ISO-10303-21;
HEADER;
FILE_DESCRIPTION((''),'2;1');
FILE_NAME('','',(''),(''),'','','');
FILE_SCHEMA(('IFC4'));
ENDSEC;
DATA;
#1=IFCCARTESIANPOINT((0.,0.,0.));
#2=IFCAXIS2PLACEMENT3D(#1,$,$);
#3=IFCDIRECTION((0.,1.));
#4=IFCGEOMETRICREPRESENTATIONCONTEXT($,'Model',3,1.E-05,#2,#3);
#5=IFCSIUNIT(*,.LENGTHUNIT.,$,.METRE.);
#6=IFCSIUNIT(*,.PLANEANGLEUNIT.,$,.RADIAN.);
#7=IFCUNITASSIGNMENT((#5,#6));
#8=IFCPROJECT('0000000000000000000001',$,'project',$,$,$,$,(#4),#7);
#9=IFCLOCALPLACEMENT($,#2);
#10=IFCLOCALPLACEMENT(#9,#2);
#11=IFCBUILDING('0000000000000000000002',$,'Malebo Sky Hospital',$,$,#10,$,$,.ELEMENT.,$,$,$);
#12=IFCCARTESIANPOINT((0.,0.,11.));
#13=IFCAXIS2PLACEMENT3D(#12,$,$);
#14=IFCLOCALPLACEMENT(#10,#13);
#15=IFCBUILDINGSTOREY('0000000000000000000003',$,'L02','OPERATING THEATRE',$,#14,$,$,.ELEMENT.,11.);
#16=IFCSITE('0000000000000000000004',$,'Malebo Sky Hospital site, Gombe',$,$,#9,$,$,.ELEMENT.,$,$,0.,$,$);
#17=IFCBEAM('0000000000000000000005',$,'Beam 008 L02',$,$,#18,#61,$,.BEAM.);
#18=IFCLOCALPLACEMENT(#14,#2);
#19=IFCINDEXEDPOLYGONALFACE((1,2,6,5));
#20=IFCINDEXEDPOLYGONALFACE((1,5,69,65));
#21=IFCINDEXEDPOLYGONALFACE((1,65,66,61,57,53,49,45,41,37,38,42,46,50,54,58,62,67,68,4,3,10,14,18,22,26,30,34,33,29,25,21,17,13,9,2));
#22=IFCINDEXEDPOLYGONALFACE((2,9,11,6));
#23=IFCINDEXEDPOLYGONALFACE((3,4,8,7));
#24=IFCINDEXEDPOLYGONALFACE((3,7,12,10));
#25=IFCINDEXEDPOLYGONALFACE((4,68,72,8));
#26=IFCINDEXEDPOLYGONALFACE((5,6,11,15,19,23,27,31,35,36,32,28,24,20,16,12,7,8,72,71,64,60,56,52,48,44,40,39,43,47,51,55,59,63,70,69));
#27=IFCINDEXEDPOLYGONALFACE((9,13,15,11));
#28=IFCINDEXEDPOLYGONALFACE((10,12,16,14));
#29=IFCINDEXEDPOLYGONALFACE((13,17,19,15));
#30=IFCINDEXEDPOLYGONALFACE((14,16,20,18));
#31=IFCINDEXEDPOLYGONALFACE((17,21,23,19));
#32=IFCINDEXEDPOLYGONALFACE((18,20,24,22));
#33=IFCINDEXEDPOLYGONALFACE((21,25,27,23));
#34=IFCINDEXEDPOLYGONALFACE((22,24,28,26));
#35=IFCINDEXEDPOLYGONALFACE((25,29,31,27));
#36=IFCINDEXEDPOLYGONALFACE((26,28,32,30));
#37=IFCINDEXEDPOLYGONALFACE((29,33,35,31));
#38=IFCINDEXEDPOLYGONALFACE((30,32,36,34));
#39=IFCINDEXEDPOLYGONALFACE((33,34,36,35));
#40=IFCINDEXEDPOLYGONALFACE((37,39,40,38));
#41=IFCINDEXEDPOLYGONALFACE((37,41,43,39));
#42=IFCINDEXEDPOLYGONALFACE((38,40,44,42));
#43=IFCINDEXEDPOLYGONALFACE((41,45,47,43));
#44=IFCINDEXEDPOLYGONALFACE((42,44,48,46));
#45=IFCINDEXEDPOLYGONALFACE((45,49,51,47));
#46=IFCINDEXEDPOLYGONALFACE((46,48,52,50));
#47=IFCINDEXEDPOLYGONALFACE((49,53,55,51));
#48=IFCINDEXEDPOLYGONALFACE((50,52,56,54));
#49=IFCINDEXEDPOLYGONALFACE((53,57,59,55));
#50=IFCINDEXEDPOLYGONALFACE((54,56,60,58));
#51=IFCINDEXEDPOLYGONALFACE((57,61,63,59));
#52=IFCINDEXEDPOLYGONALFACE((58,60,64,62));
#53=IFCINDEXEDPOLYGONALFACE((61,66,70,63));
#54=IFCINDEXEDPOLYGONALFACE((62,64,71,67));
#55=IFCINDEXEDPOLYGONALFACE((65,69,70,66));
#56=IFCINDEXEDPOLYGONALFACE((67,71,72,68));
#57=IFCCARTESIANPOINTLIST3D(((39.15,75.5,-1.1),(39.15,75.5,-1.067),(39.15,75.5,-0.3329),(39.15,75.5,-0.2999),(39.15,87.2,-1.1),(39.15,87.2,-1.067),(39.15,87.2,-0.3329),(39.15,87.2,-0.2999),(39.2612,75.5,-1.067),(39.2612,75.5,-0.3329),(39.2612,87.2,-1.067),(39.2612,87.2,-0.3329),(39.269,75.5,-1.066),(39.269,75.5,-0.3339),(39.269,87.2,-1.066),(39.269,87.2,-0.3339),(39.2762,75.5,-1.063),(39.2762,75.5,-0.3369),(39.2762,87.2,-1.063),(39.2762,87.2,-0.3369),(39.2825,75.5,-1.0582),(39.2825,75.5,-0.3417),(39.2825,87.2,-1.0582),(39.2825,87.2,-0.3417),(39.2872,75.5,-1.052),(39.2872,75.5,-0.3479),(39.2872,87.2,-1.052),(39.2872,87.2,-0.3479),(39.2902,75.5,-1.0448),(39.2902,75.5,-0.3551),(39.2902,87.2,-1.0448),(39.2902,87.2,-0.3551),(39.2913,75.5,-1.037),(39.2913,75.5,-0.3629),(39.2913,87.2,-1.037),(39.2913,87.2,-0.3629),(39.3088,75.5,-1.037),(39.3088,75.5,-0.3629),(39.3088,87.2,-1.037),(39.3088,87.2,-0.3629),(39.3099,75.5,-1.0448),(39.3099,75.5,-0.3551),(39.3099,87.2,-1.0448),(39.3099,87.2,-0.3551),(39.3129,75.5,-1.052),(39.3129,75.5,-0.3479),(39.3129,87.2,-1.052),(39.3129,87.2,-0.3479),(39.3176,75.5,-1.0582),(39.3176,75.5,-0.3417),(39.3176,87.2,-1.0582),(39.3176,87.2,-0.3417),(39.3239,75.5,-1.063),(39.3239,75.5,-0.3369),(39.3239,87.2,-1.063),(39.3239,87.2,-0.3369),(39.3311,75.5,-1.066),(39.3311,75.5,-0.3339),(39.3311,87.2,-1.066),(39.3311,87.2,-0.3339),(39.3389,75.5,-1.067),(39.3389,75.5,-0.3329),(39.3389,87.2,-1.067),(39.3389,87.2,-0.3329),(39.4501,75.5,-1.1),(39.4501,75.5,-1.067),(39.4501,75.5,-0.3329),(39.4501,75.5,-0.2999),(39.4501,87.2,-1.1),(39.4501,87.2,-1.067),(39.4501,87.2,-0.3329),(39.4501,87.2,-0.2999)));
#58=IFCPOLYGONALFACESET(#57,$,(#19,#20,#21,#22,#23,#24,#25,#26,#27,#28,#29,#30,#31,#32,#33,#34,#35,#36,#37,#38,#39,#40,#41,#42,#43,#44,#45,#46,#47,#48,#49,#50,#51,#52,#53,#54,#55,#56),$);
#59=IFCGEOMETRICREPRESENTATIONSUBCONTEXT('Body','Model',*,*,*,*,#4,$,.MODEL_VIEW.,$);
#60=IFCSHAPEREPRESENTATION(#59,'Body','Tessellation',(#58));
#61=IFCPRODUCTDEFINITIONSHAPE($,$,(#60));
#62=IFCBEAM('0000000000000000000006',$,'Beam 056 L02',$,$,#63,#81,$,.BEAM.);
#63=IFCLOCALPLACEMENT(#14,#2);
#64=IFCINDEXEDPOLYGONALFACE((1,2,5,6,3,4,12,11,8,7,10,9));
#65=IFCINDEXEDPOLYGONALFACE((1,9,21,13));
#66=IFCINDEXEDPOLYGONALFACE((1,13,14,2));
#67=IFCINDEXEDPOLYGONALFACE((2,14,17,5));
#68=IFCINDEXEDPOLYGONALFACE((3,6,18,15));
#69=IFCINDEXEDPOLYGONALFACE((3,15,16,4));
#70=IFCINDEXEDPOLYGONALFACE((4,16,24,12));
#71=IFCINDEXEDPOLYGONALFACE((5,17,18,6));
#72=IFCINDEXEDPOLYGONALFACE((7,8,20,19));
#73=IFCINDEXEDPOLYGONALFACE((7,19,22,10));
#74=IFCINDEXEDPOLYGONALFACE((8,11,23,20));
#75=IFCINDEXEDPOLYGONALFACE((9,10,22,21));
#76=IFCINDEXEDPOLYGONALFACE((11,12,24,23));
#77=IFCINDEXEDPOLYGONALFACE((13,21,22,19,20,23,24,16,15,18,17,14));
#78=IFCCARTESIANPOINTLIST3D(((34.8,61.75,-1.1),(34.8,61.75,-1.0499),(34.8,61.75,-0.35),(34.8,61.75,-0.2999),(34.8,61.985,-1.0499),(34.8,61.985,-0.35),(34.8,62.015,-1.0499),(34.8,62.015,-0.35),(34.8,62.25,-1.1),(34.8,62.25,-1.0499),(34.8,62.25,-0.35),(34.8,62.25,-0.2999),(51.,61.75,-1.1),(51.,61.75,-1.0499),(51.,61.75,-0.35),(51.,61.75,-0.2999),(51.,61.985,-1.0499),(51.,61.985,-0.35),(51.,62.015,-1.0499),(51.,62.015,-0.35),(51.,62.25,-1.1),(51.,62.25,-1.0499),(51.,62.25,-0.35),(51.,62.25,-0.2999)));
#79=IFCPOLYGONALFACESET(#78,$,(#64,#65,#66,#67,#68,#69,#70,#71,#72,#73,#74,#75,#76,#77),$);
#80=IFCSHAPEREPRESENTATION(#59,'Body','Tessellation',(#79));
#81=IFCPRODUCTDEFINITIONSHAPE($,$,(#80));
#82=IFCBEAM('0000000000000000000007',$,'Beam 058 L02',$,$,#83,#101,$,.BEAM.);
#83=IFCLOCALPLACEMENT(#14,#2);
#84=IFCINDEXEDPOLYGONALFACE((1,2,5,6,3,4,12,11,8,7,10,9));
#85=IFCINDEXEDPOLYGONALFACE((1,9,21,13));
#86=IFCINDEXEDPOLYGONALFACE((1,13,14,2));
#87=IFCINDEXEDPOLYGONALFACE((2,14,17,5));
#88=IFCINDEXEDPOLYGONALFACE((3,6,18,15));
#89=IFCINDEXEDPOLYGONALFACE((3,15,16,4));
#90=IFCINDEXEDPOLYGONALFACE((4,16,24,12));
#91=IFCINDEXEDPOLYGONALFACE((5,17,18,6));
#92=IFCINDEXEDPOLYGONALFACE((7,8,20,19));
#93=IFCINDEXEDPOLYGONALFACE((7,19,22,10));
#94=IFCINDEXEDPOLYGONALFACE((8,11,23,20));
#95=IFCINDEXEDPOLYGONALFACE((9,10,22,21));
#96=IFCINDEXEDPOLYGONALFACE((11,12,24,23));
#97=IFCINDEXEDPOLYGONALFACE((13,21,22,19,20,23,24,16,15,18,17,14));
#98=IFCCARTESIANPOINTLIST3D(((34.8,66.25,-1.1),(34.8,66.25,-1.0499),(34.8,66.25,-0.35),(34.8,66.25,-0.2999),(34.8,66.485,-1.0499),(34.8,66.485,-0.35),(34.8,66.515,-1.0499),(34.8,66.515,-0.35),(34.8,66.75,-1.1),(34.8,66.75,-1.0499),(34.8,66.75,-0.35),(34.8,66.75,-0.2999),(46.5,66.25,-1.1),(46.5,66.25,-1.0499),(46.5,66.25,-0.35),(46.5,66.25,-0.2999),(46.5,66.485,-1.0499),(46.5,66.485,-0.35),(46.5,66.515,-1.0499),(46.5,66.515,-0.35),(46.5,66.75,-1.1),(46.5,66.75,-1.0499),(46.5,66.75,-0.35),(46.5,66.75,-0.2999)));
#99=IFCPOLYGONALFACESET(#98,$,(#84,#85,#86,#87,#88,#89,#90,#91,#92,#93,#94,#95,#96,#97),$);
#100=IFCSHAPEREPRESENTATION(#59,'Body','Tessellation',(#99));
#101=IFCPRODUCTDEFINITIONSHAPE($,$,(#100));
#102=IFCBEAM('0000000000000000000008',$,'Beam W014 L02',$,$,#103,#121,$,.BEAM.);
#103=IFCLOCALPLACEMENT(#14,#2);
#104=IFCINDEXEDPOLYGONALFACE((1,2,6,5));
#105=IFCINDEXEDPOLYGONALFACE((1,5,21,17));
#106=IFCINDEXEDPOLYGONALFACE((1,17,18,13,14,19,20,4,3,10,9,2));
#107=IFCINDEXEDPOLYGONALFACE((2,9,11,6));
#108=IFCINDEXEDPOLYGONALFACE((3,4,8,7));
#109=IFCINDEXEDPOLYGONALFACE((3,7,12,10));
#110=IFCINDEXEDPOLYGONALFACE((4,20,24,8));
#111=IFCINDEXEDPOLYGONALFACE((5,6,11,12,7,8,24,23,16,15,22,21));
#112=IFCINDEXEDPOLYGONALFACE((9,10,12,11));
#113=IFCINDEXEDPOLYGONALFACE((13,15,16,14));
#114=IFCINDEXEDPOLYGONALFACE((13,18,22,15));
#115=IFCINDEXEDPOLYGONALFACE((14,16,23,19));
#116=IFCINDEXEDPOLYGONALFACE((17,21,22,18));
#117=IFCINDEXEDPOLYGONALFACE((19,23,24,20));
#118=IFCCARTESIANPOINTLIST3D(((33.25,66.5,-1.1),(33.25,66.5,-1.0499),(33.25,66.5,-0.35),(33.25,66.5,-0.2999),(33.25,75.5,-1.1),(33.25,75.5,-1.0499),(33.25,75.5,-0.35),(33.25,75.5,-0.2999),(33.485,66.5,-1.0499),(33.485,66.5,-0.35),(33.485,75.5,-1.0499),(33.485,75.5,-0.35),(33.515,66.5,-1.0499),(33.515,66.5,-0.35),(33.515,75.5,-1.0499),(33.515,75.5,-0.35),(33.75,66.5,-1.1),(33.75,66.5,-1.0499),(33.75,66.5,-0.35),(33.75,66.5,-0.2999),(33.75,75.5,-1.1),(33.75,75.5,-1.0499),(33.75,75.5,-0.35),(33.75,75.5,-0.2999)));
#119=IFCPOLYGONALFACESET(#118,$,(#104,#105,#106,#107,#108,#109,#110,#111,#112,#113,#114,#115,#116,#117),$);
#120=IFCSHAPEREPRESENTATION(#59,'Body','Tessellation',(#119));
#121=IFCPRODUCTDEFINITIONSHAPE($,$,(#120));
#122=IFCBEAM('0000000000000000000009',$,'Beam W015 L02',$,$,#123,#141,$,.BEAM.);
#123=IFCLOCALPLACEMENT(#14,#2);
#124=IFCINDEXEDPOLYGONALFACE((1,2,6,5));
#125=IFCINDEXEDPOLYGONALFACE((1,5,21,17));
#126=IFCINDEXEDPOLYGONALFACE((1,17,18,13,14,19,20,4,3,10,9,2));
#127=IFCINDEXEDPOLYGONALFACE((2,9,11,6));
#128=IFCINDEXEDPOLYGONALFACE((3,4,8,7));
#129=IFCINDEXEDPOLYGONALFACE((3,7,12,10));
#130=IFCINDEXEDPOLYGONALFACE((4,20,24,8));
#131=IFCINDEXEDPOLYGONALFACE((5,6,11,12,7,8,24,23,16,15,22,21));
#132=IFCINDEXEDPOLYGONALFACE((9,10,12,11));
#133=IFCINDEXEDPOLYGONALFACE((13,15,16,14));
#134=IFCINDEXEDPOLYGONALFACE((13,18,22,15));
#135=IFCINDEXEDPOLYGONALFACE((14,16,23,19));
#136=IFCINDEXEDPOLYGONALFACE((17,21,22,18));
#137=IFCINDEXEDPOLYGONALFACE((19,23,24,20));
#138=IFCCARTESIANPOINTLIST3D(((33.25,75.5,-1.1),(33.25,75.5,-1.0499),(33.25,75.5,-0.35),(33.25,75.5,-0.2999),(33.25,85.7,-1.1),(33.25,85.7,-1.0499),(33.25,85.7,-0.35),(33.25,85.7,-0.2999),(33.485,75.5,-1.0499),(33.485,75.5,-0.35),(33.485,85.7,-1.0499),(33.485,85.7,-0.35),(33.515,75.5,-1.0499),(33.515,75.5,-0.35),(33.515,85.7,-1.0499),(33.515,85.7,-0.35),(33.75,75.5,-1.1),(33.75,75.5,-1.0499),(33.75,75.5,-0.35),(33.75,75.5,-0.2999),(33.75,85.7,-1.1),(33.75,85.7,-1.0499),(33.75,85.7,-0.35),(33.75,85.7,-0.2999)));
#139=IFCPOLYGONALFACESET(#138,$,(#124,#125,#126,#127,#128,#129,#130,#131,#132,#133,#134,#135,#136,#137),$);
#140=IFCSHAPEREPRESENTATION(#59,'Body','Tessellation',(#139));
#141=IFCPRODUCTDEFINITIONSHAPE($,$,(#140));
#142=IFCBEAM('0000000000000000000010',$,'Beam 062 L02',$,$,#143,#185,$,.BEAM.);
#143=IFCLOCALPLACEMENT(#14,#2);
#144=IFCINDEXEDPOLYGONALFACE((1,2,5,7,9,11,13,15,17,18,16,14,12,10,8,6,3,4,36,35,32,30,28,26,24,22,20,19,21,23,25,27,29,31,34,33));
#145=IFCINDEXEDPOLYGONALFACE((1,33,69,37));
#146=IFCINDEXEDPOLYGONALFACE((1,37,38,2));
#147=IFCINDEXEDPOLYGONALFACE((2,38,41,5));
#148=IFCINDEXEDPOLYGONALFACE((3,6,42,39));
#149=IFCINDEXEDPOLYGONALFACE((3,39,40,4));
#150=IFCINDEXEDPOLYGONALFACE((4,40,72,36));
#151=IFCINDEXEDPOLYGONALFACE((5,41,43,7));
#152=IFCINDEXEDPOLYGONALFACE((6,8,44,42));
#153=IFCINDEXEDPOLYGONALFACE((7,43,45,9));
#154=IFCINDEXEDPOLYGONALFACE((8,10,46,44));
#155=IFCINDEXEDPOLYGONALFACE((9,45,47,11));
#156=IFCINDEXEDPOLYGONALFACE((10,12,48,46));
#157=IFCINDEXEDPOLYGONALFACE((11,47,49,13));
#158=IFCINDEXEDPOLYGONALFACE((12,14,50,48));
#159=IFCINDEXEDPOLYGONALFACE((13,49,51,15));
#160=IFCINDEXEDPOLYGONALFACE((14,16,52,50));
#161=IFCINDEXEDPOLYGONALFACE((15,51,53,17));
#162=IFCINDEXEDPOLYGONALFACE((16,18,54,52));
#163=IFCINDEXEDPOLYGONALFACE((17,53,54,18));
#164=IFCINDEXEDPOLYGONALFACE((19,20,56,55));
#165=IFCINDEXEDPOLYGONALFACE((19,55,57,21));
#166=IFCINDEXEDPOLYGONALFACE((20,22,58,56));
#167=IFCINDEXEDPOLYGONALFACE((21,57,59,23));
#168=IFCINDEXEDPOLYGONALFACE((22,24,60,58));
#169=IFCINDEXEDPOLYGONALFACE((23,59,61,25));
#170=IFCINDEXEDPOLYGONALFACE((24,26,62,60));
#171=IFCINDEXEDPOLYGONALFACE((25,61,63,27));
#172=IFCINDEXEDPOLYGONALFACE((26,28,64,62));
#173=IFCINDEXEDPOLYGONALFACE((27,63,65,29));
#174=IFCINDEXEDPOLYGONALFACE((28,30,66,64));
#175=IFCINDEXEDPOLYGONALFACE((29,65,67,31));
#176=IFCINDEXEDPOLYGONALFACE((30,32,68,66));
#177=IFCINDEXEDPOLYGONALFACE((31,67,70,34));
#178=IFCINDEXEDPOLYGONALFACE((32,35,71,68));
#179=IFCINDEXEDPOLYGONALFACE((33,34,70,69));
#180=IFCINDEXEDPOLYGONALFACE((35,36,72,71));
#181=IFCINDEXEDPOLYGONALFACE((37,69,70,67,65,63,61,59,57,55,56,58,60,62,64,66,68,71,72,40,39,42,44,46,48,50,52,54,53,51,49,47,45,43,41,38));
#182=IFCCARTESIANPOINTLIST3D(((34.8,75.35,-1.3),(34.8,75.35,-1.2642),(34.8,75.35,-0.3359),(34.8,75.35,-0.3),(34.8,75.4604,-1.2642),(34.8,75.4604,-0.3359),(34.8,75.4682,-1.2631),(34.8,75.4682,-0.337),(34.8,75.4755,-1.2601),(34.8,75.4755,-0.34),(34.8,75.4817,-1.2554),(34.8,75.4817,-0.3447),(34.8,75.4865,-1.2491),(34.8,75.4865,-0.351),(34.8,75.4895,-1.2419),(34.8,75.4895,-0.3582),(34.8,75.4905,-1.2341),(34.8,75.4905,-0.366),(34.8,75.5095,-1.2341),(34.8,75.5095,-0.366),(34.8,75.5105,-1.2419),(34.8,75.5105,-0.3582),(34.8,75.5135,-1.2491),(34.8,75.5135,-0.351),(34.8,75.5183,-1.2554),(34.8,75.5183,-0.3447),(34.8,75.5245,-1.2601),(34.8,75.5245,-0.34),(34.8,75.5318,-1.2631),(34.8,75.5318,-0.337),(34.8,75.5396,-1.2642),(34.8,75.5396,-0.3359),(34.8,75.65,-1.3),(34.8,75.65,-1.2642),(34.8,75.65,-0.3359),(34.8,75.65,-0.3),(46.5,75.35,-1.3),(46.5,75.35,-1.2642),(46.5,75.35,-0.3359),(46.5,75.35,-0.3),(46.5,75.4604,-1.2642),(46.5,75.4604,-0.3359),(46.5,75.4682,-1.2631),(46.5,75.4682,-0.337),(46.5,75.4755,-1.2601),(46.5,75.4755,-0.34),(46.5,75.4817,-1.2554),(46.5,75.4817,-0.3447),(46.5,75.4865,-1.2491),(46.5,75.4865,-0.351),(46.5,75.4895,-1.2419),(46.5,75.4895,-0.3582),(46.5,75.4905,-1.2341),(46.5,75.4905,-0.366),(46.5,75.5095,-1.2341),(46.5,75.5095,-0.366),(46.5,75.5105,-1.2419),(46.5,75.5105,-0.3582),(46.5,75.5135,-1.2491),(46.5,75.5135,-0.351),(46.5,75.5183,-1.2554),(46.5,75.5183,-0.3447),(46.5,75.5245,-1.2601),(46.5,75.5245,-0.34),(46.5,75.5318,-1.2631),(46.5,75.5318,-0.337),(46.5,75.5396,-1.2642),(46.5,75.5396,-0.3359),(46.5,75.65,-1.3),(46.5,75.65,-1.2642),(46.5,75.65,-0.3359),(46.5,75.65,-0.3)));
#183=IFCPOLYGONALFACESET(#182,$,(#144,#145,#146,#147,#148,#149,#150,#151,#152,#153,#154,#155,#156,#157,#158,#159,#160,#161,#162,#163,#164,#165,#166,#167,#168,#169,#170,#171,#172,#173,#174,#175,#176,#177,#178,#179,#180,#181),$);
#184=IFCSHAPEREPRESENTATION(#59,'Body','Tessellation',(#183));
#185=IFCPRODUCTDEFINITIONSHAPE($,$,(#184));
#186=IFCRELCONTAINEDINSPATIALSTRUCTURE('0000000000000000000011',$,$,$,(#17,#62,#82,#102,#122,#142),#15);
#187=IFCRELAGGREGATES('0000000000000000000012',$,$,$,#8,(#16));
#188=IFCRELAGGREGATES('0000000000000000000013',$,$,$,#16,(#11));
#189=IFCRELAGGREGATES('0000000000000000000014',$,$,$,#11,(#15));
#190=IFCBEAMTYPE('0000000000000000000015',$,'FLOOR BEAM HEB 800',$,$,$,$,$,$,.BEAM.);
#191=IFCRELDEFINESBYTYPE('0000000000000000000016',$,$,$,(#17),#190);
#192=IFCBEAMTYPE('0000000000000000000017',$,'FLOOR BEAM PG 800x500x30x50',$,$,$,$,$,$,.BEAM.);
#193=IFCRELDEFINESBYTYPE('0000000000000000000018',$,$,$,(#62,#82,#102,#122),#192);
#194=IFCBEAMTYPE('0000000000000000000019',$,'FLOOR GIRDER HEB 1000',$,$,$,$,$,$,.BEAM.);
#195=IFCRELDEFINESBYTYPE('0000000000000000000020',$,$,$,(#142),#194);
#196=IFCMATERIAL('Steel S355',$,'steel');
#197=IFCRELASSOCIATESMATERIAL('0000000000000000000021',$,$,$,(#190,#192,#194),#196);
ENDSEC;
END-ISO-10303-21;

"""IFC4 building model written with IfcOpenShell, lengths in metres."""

from ifc_helpers import new_model, si_unit, direction, frame, origin, origin_2d, place, context, subcontext, project, spatial, i_section, extrude, material, material_profile, profile_set, type_object, element, save


model = new_model("IFC4")

# Units and contexts
model_context = context("Model", 3, precision=1e-05, world=origin(), true_north=direction((0.0, 1.0)))
body_context = subcontext(model_context, "Body", "Model", "MODEL_VIEW")
ifc_project = project(units=[si_unit("LENGTHUNIT", "METRE"), si_unit("PLANEANGLEUNIT", "RADIAN")], contexts=[model_context])

# Site, building, storey
site_placement = place(None, origin())
site = spatial("IfcSite", under=ifc_project, at=site_placement, Name="Malebo Sky Hospital site, Gombe", CompositionType="ELEMENT", RefElevation=0.0)
building_placement = place(site_placement, origin())
building = spatial("IfcBuilding", under=site, at=building_placement, Name="Malebo Sky Hospital", CompositionType="ELEMENT")
storey_placement = place(building_placement, frame((0.0, 0.0, 11.0)))
storey = spatial("IfcBuildingStorey", under=building, at=storey_placement, Name="L02", Description="OPERATING THEATRE", CompositionType="ELEMENT", Elevation=11.0)

# Shared definitions
ifc_material_1 = material(Name="Steel S355", Category="steel")

# Beams
ifc_material_profile_1 = material_profile(ifc_material_1, i_section(OverallWidth=0.3, OverallDepth=0.8, WebThickness=0.0176, FlangeThickness=0.033, FilletRadius=0.03, at=origin_2d()), Name="HEB 800")
ifc_profile_set_1 = profile_set([ifc_material_profile_1], Name="Steel S355")
beam_type_1 = type_object("IfcBeamType", Name="FLOOR BEAM HEB 800", PredefinedType="BEAM", material=ifc_profile_set_1)
beam_1_placement = place(storey_placement, frame((39.3, 75.5, -0.7), z_axis=(0.0, 1.0, 0.0), x_axis=(-1.0, 0.0, 0.0)))
element("IfcBeam", 1, at=beam_1_placement, inside=storey, type_object=beam_type_1, Name="Beam 008 L02", PredefinedType="BEAM", context=body_context, shape_type="SweptSolid", body=[
    extrude(i_section(OverallWidth=0.3, OverallDepth=0.8, WebThickness=0.0176, FlangeThickness=0.033, FilletRadius=0.03, at=origin_2d()), origin(), (0.0, 0.0, 1.0), 11.7),
])
ifc_material_profile_2 = material_profile(ifc_material_1, i_section(OverallWidth=0.5, OverallDepth=0.8, WebThickness=0.03, FlangeThickness=0.05, at=origin_2d()), Name="PG 800x500x30x50")
ifc_profile_set_2 = profile_set([ifc_material_profile_2], Name="Steel S355")
beam_type_2 = type_object("IfcBeamType", Name="FLOOR BEAM PG 800x500x30x50", PredefinedType="BEAM", material=ifc_profile_set_2)
beam_2_placement = place(storey_placement, frame((34.8, 62.0, -0.7), z_axis=(1.0, 0.0, 0.0), x_axis=(0.0, 1.0, 0.0)))
element("IfcBeam", 2, at=beam_2_placement, inside=storey, type_object=beam_type_2, Name="Beam 056 L02", PredefinedType="BEAM", context=body_context, shape_type="SweptSolid", body=[
    extrude(i_section(OverallWidth=0.5, OverallDepth=0.8, WebThickness=0.03, FlangeThickness=0.05, at=origin_2d()), origin(), (0.0, 0.0, 1.0), 16.2),
])
beam_3_placement = place(storey_placement, frame((34.8, 66.5, -0.7), z_axis=(1.0, 0.0, 0.0), x_axis=(0.0, 1.0, 0.0)))
element("IfcBeam", 3, at=beam_3_placement, inside=storey, type_object=beam_type_2, Name="Beam 058 L02", PredefinedType="BEAM", context=body_context, shape_type="SweptSolid", body=[
    extrude(i_section(OverallWidth=0.5, OverallDepth=0.8, WebThickness=0.03, FlangeThickness=0.05, at=origin_2d()), origin(), (0.0, 0.0, 1.0), 11.7),
])
beam_4_placement = place(storey_placement, frame((33.5, 66.5, -0.7), z_axis=(0.0, 1.0, 0.0), x_axis=(-1.0, 0.0, 0.0)))
element("IfcBeam", 4, at=beam_4_placement, inside=storey, type_object=beam_type_2, Name="Beam W014 L02", PredefinedType="BEAM", context=body_context, shape_type="SweptSolid", body=[
    extrude(i_section(OverallWidth=0.5, OverallDepth=0.8, WebThickness=0.03, FlangeThickness=0.05, at=origin_2d()), origin(), (0.0, 0.0, 1.0), 9.0),
])
beam_5_placement = place(storey_placement, frame((33.5, 75.5, -0.7), z_axis=(0.0, 1.0, 0.0), x_axis=(-1.0, 0.0, 0.0)))
element("IfcBeam", 5, at=beam_5_placement, inside=storey, type_object=beam_type_2, Name="Beam W015 L02", PredefinedType="BEAM", context=body_context, shape_type="SweptSolid", body=[
    extrude(i_section(OverallWidth=0.5, OverallDepth=0.8, WebThickness=0.03, FlangeThickness=0.05, at=origin_2d()), origin(), (0.0, 0.0, 1.0), 10.2),
])
ifc_material_profile_3 = material_profile(ifc_material_1, i_section(OverallWidth=0.3, OverallDepth=1.0, WebThickness=0.019, FlangeThickness=0.0359, FilletRadius=0.03, at=origin_2d()), Name="HEB 1000")
ifc_profile_set_3 = profile_set([ifc_material_profile_3], Name="Steel S355")
beam_type_3 = type_object("IfcBeamType", Name="FLOOR GIRDER HEB 1000", PredefinedType="BEAM", material=ifc_profile_set_3)
beam_6_placement = place(storey_placement, frame((34.8, 75.5, -0.8), z_axis=(1.0, 0.0, 0.0), x_axis=(0.0, 1.0, 0.0)))
element("IfcBeam", 6, at=beam_6_placement, inside=storey, type_object=beam_type_3, Name="Beam 062 L02", PredefinedType="BEAM", context=body_context, shape_type="SweptSolid", body=[
    extrude(i_section(OverallWidth=0.3, OverallDepth=1.0, WebThickness=0.019, FlangeThickness=0.0359, FilletRadius=0.03, at=origin_2d()), origin(), (0.0, 0.0, 1.0), 11.7),
])

save(model, "model.ifc")
